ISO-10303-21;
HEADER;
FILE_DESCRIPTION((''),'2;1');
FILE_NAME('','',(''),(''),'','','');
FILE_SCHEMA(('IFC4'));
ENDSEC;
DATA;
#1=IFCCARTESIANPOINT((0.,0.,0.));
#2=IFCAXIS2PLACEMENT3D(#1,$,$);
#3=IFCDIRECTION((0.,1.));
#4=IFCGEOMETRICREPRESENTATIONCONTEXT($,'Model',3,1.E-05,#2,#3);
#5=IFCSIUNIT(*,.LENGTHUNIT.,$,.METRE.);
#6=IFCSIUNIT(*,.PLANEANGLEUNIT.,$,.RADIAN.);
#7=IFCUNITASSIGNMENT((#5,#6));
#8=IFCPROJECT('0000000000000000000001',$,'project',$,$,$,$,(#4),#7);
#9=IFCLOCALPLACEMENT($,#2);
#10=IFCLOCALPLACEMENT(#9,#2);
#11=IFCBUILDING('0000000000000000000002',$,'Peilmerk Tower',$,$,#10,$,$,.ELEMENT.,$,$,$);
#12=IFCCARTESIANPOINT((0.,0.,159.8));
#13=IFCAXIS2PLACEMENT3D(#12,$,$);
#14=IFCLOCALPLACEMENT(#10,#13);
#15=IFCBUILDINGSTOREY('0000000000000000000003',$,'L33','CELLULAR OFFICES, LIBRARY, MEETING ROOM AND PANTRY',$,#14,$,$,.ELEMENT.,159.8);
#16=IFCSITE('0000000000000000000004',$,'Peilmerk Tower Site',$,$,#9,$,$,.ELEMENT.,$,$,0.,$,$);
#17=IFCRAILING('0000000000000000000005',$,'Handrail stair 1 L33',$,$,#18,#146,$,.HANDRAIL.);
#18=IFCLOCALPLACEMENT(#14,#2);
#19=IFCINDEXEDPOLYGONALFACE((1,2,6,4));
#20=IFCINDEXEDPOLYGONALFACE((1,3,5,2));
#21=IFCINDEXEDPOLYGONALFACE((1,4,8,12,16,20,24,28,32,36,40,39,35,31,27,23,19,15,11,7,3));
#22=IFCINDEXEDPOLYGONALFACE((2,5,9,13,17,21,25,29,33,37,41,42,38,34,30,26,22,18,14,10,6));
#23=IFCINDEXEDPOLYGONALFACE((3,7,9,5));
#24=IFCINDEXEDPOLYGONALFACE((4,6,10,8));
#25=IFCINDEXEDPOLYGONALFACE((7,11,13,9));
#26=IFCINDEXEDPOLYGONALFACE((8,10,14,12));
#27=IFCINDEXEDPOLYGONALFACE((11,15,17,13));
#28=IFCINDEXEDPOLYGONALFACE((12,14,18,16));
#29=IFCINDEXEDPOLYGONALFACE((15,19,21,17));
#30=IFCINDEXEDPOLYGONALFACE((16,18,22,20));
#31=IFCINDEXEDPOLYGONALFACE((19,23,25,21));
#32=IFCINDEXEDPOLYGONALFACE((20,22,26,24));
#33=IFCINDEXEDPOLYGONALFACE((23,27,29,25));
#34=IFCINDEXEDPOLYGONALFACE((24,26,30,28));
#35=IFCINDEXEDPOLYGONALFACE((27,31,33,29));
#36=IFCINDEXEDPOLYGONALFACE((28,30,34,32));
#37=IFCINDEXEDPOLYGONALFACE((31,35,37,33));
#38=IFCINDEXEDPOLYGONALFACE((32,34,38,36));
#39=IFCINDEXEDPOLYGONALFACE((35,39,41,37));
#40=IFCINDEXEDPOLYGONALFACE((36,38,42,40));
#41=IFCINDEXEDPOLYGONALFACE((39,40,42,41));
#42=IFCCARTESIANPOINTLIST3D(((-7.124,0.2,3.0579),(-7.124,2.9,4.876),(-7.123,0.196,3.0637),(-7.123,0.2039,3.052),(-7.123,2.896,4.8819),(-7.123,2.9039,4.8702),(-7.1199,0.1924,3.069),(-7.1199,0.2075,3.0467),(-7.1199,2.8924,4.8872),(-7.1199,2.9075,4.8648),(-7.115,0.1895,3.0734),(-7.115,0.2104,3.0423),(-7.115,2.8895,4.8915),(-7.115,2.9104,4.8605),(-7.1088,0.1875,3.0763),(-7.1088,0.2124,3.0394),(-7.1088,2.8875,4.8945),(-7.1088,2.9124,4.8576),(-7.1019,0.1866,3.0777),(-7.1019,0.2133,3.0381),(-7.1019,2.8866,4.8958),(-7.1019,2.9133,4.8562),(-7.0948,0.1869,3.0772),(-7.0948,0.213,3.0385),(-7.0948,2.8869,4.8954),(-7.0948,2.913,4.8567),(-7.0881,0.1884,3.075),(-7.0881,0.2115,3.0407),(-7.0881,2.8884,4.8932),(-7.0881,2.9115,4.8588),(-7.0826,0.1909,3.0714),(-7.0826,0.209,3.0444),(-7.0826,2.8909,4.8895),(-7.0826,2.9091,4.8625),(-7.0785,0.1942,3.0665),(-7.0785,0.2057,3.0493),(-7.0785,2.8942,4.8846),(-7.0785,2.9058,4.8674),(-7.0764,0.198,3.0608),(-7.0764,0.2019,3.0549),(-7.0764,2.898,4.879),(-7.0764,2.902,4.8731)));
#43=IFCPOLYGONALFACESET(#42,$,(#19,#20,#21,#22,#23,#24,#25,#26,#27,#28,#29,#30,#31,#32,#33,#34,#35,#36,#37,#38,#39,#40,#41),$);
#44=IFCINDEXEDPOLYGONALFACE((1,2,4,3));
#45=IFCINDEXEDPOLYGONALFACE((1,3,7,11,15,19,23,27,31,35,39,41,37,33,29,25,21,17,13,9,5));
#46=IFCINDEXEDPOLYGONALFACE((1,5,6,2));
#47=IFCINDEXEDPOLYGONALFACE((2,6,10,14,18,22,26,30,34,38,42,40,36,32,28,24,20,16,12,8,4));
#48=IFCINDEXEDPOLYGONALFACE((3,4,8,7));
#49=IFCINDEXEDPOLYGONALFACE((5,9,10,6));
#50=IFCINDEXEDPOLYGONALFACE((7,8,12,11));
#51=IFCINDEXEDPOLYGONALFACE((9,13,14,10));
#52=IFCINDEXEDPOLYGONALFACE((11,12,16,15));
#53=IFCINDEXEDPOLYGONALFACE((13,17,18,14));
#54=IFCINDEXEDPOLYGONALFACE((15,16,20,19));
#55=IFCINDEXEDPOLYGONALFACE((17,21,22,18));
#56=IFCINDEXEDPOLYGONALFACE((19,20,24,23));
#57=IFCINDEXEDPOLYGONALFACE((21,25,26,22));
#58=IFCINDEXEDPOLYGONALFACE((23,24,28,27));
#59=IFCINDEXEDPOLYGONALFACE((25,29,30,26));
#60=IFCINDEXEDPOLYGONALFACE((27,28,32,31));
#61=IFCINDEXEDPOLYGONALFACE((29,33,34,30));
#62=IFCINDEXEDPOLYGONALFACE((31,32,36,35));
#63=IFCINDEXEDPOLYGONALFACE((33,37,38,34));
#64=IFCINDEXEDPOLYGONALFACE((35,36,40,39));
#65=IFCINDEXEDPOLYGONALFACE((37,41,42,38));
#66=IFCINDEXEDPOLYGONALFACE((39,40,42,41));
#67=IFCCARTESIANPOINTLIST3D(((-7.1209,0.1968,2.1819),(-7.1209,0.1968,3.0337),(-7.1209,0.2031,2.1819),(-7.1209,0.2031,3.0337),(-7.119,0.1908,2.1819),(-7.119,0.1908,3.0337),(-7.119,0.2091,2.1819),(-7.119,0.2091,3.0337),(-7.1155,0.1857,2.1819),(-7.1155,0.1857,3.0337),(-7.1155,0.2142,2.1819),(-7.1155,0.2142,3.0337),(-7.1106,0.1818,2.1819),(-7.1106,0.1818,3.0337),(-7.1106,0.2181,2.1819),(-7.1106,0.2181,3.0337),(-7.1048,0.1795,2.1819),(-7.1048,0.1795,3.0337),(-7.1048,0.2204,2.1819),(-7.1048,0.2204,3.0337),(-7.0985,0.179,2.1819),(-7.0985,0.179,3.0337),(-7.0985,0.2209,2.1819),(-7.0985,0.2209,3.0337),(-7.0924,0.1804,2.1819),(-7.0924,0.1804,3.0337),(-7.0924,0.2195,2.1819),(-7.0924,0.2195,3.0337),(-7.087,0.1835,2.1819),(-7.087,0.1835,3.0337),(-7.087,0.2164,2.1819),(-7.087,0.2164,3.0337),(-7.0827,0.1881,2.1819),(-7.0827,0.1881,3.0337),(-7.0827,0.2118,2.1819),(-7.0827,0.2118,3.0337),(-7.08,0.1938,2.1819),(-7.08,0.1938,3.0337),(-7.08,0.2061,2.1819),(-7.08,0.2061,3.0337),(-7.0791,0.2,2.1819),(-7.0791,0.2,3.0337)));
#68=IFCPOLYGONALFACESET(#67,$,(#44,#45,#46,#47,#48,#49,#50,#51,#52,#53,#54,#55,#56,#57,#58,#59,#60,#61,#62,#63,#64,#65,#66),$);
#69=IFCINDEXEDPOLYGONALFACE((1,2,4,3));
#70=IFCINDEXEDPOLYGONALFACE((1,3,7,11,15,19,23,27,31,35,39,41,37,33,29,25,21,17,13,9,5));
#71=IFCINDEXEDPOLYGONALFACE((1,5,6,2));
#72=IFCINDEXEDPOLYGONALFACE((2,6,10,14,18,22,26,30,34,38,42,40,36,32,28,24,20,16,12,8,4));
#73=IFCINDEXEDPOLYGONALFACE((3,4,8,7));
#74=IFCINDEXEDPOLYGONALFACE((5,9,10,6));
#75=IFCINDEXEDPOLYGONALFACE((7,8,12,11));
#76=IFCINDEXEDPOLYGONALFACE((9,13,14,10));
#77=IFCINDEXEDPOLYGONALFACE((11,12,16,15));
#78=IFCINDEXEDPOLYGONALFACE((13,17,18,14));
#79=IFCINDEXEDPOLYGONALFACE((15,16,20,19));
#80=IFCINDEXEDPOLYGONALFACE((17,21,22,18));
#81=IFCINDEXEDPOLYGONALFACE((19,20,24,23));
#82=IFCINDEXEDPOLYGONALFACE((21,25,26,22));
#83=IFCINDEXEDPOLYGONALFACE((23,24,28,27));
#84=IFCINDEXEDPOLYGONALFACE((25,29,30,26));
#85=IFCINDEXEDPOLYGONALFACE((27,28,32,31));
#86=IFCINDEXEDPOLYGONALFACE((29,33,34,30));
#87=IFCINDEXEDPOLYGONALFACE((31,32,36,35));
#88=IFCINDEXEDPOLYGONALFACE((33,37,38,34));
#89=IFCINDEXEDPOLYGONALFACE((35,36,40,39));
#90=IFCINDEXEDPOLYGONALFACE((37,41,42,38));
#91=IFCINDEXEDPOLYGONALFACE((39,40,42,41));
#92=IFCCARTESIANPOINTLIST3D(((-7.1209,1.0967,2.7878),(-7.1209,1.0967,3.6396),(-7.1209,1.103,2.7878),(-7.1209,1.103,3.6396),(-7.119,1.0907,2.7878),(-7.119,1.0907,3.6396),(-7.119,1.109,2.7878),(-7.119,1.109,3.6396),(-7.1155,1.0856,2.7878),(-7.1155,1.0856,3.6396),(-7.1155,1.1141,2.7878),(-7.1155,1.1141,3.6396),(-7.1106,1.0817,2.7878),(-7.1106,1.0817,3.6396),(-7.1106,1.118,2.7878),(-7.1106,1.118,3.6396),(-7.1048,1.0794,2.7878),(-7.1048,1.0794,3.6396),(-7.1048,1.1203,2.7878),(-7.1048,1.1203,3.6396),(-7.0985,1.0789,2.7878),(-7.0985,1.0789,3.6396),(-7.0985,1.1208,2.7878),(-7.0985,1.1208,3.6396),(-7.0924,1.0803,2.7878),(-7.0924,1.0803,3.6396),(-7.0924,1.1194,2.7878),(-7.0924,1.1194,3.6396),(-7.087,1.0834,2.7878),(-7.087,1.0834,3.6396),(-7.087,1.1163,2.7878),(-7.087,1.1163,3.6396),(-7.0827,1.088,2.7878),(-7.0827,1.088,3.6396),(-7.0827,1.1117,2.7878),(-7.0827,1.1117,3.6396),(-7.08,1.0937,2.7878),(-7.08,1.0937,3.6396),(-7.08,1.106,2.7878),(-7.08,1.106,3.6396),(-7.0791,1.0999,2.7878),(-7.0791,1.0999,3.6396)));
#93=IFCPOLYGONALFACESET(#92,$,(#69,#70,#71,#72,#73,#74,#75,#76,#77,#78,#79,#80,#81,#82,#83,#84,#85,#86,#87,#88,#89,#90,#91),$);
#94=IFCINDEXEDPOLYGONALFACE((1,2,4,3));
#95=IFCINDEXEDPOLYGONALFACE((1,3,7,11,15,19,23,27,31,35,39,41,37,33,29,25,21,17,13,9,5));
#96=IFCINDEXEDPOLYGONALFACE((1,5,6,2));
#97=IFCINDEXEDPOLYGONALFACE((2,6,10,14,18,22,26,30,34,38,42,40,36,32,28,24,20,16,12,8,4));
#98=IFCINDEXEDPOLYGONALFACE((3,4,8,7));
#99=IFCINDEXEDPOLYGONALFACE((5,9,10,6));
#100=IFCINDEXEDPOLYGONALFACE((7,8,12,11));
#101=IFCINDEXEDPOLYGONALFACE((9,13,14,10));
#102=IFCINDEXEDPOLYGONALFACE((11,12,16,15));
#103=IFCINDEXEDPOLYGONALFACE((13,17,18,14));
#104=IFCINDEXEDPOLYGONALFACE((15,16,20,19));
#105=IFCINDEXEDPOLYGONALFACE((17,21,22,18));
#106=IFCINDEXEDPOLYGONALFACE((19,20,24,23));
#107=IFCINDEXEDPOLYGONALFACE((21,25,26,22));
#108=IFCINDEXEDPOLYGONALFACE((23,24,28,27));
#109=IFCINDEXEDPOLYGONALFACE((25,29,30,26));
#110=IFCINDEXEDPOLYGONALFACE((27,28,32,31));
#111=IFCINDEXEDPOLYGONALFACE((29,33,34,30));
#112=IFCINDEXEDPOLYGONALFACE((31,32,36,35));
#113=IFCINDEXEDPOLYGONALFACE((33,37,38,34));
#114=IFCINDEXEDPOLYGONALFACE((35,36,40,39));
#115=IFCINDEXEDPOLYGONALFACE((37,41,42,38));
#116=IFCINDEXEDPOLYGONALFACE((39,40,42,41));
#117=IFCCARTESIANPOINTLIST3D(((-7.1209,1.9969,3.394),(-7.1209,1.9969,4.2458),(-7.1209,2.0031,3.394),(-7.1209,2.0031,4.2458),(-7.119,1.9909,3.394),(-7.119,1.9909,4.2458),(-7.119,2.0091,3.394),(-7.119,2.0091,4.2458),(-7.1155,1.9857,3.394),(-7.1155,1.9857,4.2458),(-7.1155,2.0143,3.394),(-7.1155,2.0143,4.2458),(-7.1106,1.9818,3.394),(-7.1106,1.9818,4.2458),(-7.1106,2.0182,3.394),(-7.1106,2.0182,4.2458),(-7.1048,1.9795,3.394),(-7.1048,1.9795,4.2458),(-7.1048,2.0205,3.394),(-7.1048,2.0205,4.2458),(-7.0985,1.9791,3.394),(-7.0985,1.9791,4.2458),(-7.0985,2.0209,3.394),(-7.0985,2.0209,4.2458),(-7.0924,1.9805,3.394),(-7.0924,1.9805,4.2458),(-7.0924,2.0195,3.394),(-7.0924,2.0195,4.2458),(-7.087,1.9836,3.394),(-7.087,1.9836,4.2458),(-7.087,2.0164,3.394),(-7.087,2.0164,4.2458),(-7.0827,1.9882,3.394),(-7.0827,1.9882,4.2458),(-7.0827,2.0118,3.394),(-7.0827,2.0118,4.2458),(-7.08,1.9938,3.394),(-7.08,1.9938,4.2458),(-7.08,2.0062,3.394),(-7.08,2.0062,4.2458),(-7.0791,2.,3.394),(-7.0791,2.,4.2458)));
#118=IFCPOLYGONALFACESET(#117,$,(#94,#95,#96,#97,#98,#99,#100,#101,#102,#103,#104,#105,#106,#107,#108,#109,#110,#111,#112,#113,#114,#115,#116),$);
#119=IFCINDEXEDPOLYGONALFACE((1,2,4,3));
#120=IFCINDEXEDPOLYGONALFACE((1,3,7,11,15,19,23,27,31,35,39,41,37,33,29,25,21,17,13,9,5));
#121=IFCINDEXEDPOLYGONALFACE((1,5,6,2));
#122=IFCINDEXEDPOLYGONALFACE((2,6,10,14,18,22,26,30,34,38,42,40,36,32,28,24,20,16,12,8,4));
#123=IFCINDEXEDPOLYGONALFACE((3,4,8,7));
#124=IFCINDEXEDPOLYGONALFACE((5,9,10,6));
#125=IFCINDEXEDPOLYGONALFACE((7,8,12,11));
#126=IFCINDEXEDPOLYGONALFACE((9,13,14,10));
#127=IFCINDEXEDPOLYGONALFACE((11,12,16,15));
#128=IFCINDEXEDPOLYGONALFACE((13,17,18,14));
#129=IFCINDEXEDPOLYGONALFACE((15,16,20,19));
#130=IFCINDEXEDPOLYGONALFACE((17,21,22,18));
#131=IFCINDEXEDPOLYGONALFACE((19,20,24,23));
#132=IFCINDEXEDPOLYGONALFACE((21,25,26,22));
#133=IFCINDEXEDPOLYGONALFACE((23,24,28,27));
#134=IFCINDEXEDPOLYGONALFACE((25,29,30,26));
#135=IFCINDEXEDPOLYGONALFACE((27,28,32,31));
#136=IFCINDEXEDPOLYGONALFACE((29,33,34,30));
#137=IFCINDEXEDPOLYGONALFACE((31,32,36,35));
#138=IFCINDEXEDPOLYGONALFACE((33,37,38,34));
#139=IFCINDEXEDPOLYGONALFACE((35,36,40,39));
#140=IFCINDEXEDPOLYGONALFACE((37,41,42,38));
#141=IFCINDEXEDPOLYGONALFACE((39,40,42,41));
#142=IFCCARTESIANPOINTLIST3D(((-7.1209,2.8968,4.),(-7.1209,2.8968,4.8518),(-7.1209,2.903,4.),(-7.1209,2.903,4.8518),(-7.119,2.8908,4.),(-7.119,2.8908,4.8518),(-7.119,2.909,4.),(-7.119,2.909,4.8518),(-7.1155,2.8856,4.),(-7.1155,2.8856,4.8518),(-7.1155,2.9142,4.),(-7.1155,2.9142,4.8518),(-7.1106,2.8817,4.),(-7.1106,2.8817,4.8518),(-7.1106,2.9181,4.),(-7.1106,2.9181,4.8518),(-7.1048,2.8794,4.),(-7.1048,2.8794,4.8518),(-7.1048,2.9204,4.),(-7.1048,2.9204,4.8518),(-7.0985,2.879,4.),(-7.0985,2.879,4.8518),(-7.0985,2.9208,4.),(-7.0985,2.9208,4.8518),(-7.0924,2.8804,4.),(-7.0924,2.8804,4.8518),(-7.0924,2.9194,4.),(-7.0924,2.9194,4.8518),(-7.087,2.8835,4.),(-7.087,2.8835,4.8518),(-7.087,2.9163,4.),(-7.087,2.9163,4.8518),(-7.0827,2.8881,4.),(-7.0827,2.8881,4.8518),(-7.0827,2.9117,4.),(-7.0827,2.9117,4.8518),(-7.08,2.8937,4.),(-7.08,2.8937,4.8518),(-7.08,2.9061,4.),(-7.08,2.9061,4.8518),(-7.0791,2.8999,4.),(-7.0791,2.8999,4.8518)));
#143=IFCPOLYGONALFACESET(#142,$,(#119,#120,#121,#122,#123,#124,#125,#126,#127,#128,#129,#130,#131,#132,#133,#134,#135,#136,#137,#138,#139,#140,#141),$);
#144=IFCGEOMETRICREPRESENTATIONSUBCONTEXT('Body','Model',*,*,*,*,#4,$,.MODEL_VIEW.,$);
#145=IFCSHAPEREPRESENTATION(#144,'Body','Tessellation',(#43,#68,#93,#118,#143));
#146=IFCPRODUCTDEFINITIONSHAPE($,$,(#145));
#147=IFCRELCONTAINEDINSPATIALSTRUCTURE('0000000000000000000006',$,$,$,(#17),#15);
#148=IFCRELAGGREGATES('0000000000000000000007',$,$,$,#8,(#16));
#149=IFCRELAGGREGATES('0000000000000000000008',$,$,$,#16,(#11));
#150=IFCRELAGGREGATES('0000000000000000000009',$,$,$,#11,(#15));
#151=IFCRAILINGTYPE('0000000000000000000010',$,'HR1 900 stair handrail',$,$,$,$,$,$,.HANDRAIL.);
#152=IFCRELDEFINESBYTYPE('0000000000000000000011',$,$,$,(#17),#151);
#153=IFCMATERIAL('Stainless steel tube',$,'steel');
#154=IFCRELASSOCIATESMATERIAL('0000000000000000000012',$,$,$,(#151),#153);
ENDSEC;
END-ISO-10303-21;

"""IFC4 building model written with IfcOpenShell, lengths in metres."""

from ifc_helpers import new_model, si_unit, direction, frame, origin, origin_2d, place, context, subcontext, project, spatial, circle, extrude, material, type_object, element, save


model = new_model("IFC4")

# Units and contexts
model_context = context("Model", 3, precision=1e-05, world=origin(), true_north=direction((0.0, 1.0)))
body_context = subcontext(model_context, "Body", "Model", "MODEL_VIEW")
ifc_project = project(units=[si_unit("LENGTHUNIT", "METRE"), si_unit("PLANEANGLEUNIT", "RADIAN")], contexts=[model_context])

# Site, building, storey
site_placement = place(None, origin())
site = spatial("IfcSite", under=ifc_project, at=site_placement, Name="Peilmerk Tower Site", CompositionType="ELEMENT", RefElevation=0.0)
building_placement = place(site_placement, origin())
building = spatial("IfcBuilding", under=site, at=building_placement, Name="Peilmerk Tower", CompositionType="ELEMENT")
storey_placement = place(building_placement, frame((0.0, 0.0, 159.8)))
storey = spatial("IfcBuildingStorey", under=building, at=storey_placement, Name="L33", Description="CELLULAR OFFICES, LIBRARY, MEETING ROOM AND PANTRY", CompositionType="ELEMENT", Elevation=159.8)

# Railing
ifc_material_1 = material(Name="Stainless steel tube", Category="steel")
railing_type_1 = type_object("IfcRailingType", Name="HR1 900 stair handrail", PredefinedType="HANDRAIL", material=ifc_material_1)
railing_1_placement = place(storey_placement, frame((-7.1001, 0.2, 2.1819)))
element("IfcRailing", 1, at=railing_1_placement, inside=storey, type_object=railing_type_1, Name="Handrail stair 1 L33", PredefinedType="HANDRAIL", context=body_context, shape_type="SweptSolid", body=[
    extrude(circle(Radius=0.0239, at=origin_2d()), frame((0.0, 0.0, 0.876), z_axis=(0.0, 0.829468, 0.558554), x_axis=(-1.0, 0.0, 0.0)), (0.0, 0.0, 1.0), 3.2551),
    extrude(circle(Radius=0.021, at=origin_2d()), origin(), (0.0, 0.0, 1.0), 0.8518),
    extrude(circle(Radius=0.021, at=origin_2d()), frame((0.0, 0.8999, 0.606)), (0.0, 0.0, 1.0), 0.8518),
    extrude(circle(Radius=0.021, at=origin_2d()), frame((0.0, 1.8, 1.2122)), (0.0, 0.0, 1.0), 0.8518),
    extrude(circle(Radius=0.021, at=origin_2d()), frame((0.0, 2.7, 1.8181)), (0.0, 0.0, 1.0), 0.8518),
])

save(model, "model.ifc")
